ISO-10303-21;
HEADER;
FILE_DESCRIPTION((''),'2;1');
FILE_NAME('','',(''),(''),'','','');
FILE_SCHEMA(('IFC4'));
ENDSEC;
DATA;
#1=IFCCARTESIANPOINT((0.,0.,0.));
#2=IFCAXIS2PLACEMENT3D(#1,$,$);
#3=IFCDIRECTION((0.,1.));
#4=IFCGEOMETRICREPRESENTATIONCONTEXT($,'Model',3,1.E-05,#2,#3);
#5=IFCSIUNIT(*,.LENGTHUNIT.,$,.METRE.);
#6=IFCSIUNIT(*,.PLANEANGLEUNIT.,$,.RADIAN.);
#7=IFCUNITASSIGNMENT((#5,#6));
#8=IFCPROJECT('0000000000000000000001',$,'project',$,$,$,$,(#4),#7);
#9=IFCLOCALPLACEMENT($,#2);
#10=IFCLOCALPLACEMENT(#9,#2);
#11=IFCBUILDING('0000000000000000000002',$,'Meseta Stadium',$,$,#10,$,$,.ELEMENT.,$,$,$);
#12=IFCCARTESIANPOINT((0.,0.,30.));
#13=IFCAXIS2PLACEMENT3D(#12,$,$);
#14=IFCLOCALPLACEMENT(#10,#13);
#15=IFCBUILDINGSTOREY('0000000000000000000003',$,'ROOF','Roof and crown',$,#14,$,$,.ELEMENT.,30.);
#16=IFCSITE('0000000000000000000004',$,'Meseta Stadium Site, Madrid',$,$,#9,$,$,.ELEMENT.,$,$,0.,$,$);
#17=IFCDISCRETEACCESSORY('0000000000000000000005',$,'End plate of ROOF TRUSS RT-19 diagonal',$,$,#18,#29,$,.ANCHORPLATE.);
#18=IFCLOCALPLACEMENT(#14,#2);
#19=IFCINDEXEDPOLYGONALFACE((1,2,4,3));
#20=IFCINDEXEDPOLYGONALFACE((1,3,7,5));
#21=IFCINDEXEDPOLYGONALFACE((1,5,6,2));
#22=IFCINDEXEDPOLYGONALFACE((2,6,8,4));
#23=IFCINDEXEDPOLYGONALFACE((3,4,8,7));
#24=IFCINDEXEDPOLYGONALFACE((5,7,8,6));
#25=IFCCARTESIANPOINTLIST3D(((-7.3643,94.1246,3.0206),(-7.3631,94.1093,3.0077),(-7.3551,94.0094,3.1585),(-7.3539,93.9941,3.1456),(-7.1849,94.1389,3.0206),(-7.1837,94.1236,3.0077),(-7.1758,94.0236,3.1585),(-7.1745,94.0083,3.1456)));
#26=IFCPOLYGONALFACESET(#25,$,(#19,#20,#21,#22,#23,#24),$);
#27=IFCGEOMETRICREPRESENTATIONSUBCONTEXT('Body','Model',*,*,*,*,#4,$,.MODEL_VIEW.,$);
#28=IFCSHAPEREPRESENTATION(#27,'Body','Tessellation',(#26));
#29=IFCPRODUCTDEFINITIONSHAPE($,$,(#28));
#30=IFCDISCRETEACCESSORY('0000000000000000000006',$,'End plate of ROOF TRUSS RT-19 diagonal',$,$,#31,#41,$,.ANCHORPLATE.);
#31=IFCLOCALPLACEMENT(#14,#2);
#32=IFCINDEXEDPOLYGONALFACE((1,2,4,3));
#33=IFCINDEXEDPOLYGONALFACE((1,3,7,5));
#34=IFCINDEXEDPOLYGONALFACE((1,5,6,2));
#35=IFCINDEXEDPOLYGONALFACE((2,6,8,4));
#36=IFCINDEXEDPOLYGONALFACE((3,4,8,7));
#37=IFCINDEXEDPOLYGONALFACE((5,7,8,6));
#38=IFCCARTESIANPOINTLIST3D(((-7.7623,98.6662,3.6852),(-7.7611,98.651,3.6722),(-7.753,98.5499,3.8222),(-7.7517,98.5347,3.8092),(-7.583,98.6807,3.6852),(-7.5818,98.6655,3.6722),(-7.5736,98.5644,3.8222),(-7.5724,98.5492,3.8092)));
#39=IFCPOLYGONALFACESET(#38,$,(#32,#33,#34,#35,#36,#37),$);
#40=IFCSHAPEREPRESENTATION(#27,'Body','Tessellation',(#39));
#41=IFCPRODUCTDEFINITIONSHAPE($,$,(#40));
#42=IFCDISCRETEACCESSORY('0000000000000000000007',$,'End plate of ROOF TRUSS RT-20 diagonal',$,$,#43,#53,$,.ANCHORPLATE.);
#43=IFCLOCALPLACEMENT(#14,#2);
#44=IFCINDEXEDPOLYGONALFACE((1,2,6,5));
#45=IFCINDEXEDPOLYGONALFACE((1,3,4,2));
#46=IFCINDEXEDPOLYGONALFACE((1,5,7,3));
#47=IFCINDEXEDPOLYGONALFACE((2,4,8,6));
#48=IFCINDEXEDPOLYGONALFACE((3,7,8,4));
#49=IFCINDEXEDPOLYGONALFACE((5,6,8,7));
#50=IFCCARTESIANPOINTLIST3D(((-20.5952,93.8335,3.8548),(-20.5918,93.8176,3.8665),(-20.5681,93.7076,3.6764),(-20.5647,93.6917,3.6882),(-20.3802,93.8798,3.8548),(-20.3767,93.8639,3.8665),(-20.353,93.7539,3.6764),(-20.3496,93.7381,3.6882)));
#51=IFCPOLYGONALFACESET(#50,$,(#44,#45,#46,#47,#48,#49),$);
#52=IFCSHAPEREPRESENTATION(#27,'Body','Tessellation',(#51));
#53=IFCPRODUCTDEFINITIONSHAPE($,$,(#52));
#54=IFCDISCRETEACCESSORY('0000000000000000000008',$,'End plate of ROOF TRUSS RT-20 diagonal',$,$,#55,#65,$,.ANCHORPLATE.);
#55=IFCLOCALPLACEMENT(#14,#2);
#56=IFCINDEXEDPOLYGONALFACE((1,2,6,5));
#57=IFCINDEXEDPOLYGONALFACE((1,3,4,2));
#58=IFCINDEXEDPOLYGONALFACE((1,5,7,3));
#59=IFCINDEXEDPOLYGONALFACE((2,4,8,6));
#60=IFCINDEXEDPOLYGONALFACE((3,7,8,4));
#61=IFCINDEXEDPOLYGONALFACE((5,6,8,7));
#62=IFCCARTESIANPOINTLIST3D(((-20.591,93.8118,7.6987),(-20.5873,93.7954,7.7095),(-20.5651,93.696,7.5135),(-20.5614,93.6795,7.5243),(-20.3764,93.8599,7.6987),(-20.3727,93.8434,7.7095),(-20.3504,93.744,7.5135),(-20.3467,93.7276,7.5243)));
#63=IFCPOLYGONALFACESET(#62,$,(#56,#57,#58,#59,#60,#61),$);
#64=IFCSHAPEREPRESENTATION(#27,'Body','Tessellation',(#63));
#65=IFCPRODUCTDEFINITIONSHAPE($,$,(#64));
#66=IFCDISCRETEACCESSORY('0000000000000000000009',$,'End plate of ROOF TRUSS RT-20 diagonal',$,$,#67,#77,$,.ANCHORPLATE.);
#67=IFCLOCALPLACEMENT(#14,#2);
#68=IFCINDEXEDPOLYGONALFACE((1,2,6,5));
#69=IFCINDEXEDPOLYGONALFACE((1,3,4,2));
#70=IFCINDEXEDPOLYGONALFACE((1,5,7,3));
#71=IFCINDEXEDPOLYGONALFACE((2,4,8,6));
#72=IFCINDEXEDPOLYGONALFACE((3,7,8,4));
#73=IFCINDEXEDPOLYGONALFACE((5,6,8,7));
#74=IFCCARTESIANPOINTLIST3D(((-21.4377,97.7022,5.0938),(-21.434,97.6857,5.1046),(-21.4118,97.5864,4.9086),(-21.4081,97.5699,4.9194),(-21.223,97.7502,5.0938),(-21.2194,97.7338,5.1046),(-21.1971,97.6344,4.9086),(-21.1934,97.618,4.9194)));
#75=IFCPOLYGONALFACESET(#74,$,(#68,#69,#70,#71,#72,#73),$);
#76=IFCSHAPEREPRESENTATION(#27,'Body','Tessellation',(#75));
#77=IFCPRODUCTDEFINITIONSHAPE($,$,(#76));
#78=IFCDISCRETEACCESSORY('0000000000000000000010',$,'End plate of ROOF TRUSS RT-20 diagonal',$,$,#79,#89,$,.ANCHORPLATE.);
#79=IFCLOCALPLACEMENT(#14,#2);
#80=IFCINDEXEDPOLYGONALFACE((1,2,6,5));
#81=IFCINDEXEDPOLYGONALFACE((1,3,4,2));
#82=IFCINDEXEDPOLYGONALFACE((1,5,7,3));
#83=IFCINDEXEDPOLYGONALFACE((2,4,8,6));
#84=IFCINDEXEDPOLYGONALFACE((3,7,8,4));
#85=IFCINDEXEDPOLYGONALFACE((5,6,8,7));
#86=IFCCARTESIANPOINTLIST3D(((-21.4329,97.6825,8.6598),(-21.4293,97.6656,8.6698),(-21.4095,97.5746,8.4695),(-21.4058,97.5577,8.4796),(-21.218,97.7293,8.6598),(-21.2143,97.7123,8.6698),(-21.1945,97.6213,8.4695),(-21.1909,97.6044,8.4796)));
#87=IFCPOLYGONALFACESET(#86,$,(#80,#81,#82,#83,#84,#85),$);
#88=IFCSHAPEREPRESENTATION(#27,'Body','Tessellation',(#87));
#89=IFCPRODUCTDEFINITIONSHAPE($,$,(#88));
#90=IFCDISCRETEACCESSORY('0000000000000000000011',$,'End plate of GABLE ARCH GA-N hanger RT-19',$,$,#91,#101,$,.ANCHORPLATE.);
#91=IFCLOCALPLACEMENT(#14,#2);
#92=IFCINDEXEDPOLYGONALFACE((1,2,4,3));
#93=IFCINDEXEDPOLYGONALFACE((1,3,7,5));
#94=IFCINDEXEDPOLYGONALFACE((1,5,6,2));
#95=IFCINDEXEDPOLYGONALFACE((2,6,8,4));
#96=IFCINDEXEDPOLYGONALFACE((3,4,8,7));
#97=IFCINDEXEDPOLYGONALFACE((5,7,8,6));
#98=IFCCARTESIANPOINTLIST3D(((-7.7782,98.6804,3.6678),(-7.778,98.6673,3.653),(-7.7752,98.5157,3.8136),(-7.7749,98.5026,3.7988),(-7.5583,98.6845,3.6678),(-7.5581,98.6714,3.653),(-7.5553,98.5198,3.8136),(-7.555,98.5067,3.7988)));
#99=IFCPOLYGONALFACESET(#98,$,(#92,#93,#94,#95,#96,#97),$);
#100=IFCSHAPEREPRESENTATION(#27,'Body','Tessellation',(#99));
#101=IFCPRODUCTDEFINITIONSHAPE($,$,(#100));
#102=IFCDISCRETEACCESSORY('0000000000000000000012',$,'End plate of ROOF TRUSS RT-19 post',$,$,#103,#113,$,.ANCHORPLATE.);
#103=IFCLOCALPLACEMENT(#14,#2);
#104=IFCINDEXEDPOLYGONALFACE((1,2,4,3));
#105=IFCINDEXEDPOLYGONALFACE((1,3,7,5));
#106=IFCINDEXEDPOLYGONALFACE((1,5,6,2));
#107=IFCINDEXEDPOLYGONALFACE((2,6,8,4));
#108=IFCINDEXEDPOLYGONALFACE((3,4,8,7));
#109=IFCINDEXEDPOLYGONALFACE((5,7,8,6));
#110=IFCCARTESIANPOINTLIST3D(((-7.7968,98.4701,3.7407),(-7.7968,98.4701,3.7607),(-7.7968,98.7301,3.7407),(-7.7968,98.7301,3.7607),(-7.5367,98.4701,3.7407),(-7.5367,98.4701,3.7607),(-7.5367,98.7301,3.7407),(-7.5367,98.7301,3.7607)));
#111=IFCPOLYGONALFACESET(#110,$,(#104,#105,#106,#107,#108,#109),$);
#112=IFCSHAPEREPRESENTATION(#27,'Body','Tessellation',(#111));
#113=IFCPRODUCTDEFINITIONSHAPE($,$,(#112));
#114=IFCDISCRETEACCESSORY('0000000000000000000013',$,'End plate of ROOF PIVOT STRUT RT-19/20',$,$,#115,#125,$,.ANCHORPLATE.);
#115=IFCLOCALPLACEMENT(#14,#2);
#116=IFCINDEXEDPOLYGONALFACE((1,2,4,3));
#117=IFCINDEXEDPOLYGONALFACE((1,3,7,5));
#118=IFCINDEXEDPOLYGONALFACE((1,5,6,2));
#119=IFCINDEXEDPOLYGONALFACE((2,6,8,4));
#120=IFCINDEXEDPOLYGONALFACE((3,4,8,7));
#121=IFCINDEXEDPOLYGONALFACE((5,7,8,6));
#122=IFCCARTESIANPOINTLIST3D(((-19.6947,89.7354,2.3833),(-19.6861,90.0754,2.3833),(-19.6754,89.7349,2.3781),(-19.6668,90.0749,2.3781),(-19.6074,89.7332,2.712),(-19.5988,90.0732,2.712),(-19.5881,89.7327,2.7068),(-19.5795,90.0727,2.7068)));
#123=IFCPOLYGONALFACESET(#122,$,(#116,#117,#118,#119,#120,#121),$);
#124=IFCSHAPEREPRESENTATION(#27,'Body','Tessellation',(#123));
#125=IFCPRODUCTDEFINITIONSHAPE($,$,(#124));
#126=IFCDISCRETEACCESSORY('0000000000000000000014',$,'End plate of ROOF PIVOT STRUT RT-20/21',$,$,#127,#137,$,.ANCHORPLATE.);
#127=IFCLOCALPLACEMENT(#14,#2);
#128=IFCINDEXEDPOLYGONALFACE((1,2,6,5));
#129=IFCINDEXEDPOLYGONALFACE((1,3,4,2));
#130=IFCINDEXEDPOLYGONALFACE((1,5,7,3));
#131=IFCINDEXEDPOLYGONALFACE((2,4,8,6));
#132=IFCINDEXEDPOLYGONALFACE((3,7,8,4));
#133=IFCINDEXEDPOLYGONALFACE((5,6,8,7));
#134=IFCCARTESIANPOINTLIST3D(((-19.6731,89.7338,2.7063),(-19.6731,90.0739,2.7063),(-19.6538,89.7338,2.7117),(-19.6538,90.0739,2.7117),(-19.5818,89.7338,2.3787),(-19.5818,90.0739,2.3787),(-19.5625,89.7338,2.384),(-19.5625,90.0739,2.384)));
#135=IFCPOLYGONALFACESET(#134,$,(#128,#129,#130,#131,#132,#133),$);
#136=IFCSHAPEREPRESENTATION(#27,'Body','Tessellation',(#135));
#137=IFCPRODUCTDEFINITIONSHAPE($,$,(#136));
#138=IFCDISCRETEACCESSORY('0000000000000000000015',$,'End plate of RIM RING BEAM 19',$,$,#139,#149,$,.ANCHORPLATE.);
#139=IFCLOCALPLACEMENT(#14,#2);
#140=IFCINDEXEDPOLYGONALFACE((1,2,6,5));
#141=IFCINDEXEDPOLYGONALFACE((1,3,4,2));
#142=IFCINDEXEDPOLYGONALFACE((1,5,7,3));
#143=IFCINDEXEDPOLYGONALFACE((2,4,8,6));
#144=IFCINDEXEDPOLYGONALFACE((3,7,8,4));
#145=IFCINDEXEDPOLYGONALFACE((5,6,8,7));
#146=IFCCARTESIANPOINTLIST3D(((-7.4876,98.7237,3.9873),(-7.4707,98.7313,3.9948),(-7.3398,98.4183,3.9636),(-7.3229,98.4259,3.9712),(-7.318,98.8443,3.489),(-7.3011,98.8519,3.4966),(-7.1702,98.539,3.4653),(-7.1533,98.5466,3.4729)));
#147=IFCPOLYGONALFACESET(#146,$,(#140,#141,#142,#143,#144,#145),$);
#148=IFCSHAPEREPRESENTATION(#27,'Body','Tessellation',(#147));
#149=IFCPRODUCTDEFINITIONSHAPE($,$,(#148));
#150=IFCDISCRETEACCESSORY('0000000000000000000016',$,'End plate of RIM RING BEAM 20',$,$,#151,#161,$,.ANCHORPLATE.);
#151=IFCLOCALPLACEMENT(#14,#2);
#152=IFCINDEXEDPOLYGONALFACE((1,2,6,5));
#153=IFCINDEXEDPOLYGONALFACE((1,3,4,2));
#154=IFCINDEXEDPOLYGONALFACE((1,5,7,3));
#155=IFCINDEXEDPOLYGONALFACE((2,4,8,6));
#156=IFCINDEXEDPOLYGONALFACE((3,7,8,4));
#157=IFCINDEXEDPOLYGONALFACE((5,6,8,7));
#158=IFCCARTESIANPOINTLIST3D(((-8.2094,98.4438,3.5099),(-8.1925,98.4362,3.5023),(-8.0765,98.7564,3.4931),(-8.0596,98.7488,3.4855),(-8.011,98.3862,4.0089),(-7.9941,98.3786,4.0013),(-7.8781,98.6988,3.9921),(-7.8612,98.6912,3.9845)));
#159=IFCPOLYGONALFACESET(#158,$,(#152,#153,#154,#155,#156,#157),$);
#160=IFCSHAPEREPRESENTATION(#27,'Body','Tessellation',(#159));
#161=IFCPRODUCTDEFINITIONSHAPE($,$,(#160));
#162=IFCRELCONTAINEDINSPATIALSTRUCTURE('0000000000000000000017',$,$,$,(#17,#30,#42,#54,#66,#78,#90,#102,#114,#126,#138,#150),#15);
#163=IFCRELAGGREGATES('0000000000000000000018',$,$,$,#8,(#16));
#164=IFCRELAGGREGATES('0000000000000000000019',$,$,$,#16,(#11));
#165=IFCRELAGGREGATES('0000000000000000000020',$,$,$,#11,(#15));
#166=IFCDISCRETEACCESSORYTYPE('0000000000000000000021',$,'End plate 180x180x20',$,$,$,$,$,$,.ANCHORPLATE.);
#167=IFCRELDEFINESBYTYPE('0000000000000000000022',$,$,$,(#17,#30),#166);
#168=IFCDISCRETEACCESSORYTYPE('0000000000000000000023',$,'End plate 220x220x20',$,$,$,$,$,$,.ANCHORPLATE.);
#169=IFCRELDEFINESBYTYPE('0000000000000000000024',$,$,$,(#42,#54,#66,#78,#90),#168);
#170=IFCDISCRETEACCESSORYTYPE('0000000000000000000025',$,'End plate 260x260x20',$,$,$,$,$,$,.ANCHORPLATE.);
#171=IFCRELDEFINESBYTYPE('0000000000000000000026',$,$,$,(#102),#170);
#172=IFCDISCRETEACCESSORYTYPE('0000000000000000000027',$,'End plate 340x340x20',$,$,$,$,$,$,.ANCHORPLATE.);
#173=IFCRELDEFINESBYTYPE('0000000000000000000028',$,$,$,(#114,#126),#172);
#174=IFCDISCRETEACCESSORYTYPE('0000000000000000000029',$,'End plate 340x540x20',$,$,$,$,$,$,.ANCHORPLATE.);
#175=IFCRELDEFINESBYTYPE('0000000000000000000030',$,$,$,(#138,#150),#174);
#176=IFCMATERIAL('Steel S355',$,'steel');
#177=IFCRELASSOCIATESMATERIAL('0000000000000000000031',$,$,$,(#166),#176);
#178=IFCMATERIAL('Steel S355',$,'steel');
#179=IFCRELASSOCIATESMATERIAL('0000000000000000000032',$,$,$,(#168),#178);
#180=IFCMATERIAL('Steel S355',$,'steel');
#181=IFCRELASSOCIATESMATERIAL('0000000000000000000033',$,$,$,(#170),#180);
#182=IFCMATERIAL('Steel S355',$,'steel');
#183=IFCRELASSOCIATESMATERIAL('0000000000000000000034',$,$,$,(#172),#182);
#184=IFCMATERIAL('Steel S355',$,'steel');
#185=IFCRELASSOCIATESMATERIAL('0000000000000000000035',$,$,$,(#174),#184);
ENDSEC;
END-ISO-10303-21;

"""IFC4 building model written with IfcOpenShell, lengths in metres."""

from ifc_helpers import new_model, si_unit, direction, frame, origin, origin_2d, place, context, subcontext, project, spatial, rectangle, extrude, material, material_profile, profile_set, type_object, element, save


model = new_model("IFC4")

# Units and contexts
model_context = context("Model", 3, precision=1e-05, world=origin(), true_north=direction((0.0, 1.0)))
body_context = subcontext(model_context, "Body", "Model", "MODEL_VIEW")
ifc_project = project(units=[si_unit("LENGTHUNIT", "METRE"), si_unit("PLANEANGLEUNIT", "RADIAN")], contexts=[model_context])

# Site, building, storey
site_placement = place(None, origin())
site = spatial("IfcSite", under=ifc_project, at=site_placement, Name="Meseta Stadium Site, Madrid", CompositionType="ELEMENT", RefElevation=0.0)
building_placement = place(site_placement, origin())
building = spatial("IfcBuilding", under=site, at=building_placement, Name="Meseta Stadium", CompositionType="ELEMENT")
storey_placement = place(building_placement, frame((0.0, 0.0, 30.0)))
storey = spatial("IfcBuildingStorey", under=building, at=storey_placement, Name="ROOF", Description="Roof and crown", CompositionType="ELEMENT", Elevation=30.0)

# Discrete accessories
ifc_material_1 = material(Name="Steel S355", Category="steel")
ifc_material_profile_1 = material_profile(ifc_material_1, rectangle(XDim=0.1799, YDim=0.1799, at=origin_2d()), Name="PL 180x180")
ifc_profile_set_1 = profile_set([ifc_material_profile_1], Name="Steel S355")
discrete_accessory_type_1 = type_object("IfcDiscreteAccessoryType", Name="End plate 180x180x20", PredefinedType="ANCHORPLATE", material=ifc_profile_set_1)
for number, where, z_axis, x_axis, name in (
    (1, (-7.2688, 94.0588, 3.0767), (-0.060621, 0.763819, 0.642578), (-0.996865, -0.079116, 0.0), "End plate of ROOF TRUSS RT-19 diagonal"),
    (2, (-7.6667, 98.6001, 3.7407), (-0.061185, 0.758697, 0.648564), (-0.996764, -0.080384, 0.0), "End plate of ROOF TRUSS RT-19 diagonal"),
):
    element("IfcDiscreteAccessory", number, at=place(storey_placement, frame(where, z_axis=z_axis, x_axis=x_axis)), inside=storey, type_object=discrete_accessory_type_1, Name=name, PredefinedType="ANCHORPLATE", context=body_context, shape_type="SweptSolid", body=[
        extrude(rectangle(XDim=0.1799, YDim=0.1799, at=origin_2d()), origin(), (0.0, 0.0, 1.0), 0.02),
    ])
ifc_material_2 = material(Name="Steel S355", Category="steel")
ifc_material_profile_2 = material_profile(ifc_material_2, rectangle(XDim=0.22, YDim=0.22, at=origin_2d()), Name="PL 220x220")
ifc_profile_set_2 = profile_set([ifc_material_profile_2], Name="Steel S355")
discrete_accessory_type_2 = type_object("IfcDiscreteAccessoryType", Name="End plate 220x220x20", PredefinedType="ANCHORPLATE", material=ifc_profile_set_2)
for number, where, z_axis, x_axis, name in (
    (3, (-20.4707, 93.7778, 3.7773), (-0.170719, 0.792624, -0.585322), (-0.977582, -0.210556, 0.0), "End plate of ROOF TRUSS RT-20 diagonal"),
    (4, (-20.467, 93.7615, 7.6169), (-0.183942, 0.821607, -0.539563), (-0.975843, -0.218472, 0.0), "End plate of ROOF TRUSS RT-20 diagonal"),
    (5, (-21.3137, 97.6519, 5.012), (-0.183942, 0.821607, -0.539563), (-0.975843, -0.218472, 0.0), "End plate of ROOF TRUSS RT-20 diagonal"),
    (6, (-21.3101, 97.635, 8.5747), (-0.183707, 0.845053, -0.502133), (-0.977176, -0.21243, 0.0), "End plate of ROOF TRUSS RT-20 diagonal"),
):
    element("IfcDiscreteAccessory", number, at=place(storey_placement, frame(where, z_axis=z_axis, x_axis=x_axis)), inside=storey, type_object=discrete_accessory_type_2, Name=name, PredefinedType="ANCHORPLATE", context=body_context, shape_type="SweptSolid", body=[
        extrude(rectangle(XDim=0.22, YDim=0.22, at=origin_2d()), origin(), (0.0, 0.0, 1.0), 0.02),
    ])
discrete_accessory_1_placement = place(storey_placement, frame((-7.6667, 98.6001, 3.7407), z_axis=(0.012274, -0.662789, -0.748706), x_axis=(0.999829, 0.018515, 0.0)))
element("IfcDiscreteAccessory", 7, at=discrete_accessory_1_placement, inside=storey, type_object=discrete_accessory_type_2, Name="End plate of GABLE ARCH GA-N hanger RT-19", PredefinedType="ANCHORPLATE", context=body_context, shape_type="SweptSolid", body=[
    extrude(rectangle(XDim=0.22, YDim=0.22, at=origin_2d()), origin(), (0.0, 0.0, 1.0), 0.0198),
])
ifc_material_3 = material(Name="Steel S355", Category="steel")
ifc_material_profile_3 = material_profile(ifc_material_3, rectangle(XDim=0.26, YDim=0.26, at=origin_2d()), Name="PL 260x260")
ifc_profile_set_3 = profile_set([ifc_material_profile_3], Name="Steel S355")
discrete_accessory_type_3 = type_object("IfcDiscreteAccessoryType", Name="End plate 260x260x20", PredefinedType="ANCHORPLATE", material=ifc_profile_set_3)
discrete_accessory_2_placement = place(storey_placement, frame((-7.6667, 98.6001, 3.7407), z_axis=(0.0, 0.0, 1.0), x_axis=(1.0, 0.0, 0.0)))
element("IfcDiscreteAccessory", 8, at=discrete_accessory_2_placement, inside=storey, type_object=discrete_accessory_type_3, Name="End plate of ROOF TRUSS RT-19 post", PredefinedType="ANCHORPLATE", context=body_context, shape_type="SweptSolid", body=[
    extrude(rectangle(XDim=0.26, YDim=0.26, at=origin_2d()), origin(), (0.0, 0.0, 1.0), 0.02),
])
ifc_material_4 = material(Name="Steel S355", Category="steel")
ifc_material_profile_4 = material_profile(ifc_material_4, rectangle(XDim=0.3401, YDim=0.3401, at=origin_2d()), Name="PL 340x340")
ifc_profile_set_4 = profile_set([ifc_material_profile_4], Name="Steel S355")
discrete_accessory_type_4 = type_object("IfcDiscreteAccessoryType", Name="End plate 340x340x20", PredefinedType="ANCHORPLATE", material=ifc_profile_set_4)
for number, where, z_axis, x_axis, name in (
    (9, (-19.6274, 89.9038, 2.5425), (-0.966149, 0.024459, 0.256824), (-0.025308, -0.99968, 0.0), "End plate of ROOF PIVOT STRUT RT-19/20"),
    (10, (-19.6082, 89.9038, 2.5479), (-0.963343, 0.0, -0.268273), (0.0, -1.0, 0.0), "End plate of ROOF PIVOT STRUT RT-20/21"),
):
    element("IfcDiscreteAccessory", number, at=place(storey_placement, frame(where, z_axis=z_axis, x_axis=x_axis)), inside=storey, type_object=discrete_accessory_type_4, Name=name, PredefinedType="ANCHORPLATE", context=body_context, shape_type="SweptSolid", body=[
        extrude(rectangle(XDim=0.3401, YDim=0.3401, at=origin_2d()), origin(), (0.0, 0.0, 1.0), 0.02),
    ])
ifc_material_5 = material(Name="Steel S355", Category="steel")
ifc_material_profile_5 = material_profile(ifc_material_5, rectangle(XDim=0.3401, YDim=0.54, at=origin_2d()), Name="PL 340x540")
ifc_profile_set_5 = profile_set([ifc_material_profile_5], Name="Steel S355")
discrete_accessory_type_5 = type_object("IfcDiscreteAccessoryType", Name="End plate 340x540x20", PredefinedType="ANCHORPLATE", material=ifc_profile_set_5)
for number, where, z_axis, x_axis, name in (
    (11, (-7.312, 98.6389, 3.7339), (-0.844041, -0.379207, -0.379207), (0.43463, -0.897925, -0.069478), "End plate of RIM RING BEAM 19"),
    (12, (-8.0269, 98.5637, 3.7434), (-0.844041, 0.379207, 0.379207), (-0.390804, -0.919153, 0.049298), "End plate of RIM RING BEAM 20"),
):
    element("IfcDiscreteAccessory", number, at=place(storey_placement, frame(where, z_axis=z_axis, x_axis=x_axis)), inside=storey, type_object=discrete_accessory_type_5, Name=name, PredefinedType="ANCHORPLATE", context=body_context, shape_type="SweptSolid", body=[
        extrude(rectangle(XDim=0.3401, YDim=0.54, at=origin_2d()), origin(), (0.0, 0.0, 1.0), 0.02),
    ])

save(model, "model.ifc")
